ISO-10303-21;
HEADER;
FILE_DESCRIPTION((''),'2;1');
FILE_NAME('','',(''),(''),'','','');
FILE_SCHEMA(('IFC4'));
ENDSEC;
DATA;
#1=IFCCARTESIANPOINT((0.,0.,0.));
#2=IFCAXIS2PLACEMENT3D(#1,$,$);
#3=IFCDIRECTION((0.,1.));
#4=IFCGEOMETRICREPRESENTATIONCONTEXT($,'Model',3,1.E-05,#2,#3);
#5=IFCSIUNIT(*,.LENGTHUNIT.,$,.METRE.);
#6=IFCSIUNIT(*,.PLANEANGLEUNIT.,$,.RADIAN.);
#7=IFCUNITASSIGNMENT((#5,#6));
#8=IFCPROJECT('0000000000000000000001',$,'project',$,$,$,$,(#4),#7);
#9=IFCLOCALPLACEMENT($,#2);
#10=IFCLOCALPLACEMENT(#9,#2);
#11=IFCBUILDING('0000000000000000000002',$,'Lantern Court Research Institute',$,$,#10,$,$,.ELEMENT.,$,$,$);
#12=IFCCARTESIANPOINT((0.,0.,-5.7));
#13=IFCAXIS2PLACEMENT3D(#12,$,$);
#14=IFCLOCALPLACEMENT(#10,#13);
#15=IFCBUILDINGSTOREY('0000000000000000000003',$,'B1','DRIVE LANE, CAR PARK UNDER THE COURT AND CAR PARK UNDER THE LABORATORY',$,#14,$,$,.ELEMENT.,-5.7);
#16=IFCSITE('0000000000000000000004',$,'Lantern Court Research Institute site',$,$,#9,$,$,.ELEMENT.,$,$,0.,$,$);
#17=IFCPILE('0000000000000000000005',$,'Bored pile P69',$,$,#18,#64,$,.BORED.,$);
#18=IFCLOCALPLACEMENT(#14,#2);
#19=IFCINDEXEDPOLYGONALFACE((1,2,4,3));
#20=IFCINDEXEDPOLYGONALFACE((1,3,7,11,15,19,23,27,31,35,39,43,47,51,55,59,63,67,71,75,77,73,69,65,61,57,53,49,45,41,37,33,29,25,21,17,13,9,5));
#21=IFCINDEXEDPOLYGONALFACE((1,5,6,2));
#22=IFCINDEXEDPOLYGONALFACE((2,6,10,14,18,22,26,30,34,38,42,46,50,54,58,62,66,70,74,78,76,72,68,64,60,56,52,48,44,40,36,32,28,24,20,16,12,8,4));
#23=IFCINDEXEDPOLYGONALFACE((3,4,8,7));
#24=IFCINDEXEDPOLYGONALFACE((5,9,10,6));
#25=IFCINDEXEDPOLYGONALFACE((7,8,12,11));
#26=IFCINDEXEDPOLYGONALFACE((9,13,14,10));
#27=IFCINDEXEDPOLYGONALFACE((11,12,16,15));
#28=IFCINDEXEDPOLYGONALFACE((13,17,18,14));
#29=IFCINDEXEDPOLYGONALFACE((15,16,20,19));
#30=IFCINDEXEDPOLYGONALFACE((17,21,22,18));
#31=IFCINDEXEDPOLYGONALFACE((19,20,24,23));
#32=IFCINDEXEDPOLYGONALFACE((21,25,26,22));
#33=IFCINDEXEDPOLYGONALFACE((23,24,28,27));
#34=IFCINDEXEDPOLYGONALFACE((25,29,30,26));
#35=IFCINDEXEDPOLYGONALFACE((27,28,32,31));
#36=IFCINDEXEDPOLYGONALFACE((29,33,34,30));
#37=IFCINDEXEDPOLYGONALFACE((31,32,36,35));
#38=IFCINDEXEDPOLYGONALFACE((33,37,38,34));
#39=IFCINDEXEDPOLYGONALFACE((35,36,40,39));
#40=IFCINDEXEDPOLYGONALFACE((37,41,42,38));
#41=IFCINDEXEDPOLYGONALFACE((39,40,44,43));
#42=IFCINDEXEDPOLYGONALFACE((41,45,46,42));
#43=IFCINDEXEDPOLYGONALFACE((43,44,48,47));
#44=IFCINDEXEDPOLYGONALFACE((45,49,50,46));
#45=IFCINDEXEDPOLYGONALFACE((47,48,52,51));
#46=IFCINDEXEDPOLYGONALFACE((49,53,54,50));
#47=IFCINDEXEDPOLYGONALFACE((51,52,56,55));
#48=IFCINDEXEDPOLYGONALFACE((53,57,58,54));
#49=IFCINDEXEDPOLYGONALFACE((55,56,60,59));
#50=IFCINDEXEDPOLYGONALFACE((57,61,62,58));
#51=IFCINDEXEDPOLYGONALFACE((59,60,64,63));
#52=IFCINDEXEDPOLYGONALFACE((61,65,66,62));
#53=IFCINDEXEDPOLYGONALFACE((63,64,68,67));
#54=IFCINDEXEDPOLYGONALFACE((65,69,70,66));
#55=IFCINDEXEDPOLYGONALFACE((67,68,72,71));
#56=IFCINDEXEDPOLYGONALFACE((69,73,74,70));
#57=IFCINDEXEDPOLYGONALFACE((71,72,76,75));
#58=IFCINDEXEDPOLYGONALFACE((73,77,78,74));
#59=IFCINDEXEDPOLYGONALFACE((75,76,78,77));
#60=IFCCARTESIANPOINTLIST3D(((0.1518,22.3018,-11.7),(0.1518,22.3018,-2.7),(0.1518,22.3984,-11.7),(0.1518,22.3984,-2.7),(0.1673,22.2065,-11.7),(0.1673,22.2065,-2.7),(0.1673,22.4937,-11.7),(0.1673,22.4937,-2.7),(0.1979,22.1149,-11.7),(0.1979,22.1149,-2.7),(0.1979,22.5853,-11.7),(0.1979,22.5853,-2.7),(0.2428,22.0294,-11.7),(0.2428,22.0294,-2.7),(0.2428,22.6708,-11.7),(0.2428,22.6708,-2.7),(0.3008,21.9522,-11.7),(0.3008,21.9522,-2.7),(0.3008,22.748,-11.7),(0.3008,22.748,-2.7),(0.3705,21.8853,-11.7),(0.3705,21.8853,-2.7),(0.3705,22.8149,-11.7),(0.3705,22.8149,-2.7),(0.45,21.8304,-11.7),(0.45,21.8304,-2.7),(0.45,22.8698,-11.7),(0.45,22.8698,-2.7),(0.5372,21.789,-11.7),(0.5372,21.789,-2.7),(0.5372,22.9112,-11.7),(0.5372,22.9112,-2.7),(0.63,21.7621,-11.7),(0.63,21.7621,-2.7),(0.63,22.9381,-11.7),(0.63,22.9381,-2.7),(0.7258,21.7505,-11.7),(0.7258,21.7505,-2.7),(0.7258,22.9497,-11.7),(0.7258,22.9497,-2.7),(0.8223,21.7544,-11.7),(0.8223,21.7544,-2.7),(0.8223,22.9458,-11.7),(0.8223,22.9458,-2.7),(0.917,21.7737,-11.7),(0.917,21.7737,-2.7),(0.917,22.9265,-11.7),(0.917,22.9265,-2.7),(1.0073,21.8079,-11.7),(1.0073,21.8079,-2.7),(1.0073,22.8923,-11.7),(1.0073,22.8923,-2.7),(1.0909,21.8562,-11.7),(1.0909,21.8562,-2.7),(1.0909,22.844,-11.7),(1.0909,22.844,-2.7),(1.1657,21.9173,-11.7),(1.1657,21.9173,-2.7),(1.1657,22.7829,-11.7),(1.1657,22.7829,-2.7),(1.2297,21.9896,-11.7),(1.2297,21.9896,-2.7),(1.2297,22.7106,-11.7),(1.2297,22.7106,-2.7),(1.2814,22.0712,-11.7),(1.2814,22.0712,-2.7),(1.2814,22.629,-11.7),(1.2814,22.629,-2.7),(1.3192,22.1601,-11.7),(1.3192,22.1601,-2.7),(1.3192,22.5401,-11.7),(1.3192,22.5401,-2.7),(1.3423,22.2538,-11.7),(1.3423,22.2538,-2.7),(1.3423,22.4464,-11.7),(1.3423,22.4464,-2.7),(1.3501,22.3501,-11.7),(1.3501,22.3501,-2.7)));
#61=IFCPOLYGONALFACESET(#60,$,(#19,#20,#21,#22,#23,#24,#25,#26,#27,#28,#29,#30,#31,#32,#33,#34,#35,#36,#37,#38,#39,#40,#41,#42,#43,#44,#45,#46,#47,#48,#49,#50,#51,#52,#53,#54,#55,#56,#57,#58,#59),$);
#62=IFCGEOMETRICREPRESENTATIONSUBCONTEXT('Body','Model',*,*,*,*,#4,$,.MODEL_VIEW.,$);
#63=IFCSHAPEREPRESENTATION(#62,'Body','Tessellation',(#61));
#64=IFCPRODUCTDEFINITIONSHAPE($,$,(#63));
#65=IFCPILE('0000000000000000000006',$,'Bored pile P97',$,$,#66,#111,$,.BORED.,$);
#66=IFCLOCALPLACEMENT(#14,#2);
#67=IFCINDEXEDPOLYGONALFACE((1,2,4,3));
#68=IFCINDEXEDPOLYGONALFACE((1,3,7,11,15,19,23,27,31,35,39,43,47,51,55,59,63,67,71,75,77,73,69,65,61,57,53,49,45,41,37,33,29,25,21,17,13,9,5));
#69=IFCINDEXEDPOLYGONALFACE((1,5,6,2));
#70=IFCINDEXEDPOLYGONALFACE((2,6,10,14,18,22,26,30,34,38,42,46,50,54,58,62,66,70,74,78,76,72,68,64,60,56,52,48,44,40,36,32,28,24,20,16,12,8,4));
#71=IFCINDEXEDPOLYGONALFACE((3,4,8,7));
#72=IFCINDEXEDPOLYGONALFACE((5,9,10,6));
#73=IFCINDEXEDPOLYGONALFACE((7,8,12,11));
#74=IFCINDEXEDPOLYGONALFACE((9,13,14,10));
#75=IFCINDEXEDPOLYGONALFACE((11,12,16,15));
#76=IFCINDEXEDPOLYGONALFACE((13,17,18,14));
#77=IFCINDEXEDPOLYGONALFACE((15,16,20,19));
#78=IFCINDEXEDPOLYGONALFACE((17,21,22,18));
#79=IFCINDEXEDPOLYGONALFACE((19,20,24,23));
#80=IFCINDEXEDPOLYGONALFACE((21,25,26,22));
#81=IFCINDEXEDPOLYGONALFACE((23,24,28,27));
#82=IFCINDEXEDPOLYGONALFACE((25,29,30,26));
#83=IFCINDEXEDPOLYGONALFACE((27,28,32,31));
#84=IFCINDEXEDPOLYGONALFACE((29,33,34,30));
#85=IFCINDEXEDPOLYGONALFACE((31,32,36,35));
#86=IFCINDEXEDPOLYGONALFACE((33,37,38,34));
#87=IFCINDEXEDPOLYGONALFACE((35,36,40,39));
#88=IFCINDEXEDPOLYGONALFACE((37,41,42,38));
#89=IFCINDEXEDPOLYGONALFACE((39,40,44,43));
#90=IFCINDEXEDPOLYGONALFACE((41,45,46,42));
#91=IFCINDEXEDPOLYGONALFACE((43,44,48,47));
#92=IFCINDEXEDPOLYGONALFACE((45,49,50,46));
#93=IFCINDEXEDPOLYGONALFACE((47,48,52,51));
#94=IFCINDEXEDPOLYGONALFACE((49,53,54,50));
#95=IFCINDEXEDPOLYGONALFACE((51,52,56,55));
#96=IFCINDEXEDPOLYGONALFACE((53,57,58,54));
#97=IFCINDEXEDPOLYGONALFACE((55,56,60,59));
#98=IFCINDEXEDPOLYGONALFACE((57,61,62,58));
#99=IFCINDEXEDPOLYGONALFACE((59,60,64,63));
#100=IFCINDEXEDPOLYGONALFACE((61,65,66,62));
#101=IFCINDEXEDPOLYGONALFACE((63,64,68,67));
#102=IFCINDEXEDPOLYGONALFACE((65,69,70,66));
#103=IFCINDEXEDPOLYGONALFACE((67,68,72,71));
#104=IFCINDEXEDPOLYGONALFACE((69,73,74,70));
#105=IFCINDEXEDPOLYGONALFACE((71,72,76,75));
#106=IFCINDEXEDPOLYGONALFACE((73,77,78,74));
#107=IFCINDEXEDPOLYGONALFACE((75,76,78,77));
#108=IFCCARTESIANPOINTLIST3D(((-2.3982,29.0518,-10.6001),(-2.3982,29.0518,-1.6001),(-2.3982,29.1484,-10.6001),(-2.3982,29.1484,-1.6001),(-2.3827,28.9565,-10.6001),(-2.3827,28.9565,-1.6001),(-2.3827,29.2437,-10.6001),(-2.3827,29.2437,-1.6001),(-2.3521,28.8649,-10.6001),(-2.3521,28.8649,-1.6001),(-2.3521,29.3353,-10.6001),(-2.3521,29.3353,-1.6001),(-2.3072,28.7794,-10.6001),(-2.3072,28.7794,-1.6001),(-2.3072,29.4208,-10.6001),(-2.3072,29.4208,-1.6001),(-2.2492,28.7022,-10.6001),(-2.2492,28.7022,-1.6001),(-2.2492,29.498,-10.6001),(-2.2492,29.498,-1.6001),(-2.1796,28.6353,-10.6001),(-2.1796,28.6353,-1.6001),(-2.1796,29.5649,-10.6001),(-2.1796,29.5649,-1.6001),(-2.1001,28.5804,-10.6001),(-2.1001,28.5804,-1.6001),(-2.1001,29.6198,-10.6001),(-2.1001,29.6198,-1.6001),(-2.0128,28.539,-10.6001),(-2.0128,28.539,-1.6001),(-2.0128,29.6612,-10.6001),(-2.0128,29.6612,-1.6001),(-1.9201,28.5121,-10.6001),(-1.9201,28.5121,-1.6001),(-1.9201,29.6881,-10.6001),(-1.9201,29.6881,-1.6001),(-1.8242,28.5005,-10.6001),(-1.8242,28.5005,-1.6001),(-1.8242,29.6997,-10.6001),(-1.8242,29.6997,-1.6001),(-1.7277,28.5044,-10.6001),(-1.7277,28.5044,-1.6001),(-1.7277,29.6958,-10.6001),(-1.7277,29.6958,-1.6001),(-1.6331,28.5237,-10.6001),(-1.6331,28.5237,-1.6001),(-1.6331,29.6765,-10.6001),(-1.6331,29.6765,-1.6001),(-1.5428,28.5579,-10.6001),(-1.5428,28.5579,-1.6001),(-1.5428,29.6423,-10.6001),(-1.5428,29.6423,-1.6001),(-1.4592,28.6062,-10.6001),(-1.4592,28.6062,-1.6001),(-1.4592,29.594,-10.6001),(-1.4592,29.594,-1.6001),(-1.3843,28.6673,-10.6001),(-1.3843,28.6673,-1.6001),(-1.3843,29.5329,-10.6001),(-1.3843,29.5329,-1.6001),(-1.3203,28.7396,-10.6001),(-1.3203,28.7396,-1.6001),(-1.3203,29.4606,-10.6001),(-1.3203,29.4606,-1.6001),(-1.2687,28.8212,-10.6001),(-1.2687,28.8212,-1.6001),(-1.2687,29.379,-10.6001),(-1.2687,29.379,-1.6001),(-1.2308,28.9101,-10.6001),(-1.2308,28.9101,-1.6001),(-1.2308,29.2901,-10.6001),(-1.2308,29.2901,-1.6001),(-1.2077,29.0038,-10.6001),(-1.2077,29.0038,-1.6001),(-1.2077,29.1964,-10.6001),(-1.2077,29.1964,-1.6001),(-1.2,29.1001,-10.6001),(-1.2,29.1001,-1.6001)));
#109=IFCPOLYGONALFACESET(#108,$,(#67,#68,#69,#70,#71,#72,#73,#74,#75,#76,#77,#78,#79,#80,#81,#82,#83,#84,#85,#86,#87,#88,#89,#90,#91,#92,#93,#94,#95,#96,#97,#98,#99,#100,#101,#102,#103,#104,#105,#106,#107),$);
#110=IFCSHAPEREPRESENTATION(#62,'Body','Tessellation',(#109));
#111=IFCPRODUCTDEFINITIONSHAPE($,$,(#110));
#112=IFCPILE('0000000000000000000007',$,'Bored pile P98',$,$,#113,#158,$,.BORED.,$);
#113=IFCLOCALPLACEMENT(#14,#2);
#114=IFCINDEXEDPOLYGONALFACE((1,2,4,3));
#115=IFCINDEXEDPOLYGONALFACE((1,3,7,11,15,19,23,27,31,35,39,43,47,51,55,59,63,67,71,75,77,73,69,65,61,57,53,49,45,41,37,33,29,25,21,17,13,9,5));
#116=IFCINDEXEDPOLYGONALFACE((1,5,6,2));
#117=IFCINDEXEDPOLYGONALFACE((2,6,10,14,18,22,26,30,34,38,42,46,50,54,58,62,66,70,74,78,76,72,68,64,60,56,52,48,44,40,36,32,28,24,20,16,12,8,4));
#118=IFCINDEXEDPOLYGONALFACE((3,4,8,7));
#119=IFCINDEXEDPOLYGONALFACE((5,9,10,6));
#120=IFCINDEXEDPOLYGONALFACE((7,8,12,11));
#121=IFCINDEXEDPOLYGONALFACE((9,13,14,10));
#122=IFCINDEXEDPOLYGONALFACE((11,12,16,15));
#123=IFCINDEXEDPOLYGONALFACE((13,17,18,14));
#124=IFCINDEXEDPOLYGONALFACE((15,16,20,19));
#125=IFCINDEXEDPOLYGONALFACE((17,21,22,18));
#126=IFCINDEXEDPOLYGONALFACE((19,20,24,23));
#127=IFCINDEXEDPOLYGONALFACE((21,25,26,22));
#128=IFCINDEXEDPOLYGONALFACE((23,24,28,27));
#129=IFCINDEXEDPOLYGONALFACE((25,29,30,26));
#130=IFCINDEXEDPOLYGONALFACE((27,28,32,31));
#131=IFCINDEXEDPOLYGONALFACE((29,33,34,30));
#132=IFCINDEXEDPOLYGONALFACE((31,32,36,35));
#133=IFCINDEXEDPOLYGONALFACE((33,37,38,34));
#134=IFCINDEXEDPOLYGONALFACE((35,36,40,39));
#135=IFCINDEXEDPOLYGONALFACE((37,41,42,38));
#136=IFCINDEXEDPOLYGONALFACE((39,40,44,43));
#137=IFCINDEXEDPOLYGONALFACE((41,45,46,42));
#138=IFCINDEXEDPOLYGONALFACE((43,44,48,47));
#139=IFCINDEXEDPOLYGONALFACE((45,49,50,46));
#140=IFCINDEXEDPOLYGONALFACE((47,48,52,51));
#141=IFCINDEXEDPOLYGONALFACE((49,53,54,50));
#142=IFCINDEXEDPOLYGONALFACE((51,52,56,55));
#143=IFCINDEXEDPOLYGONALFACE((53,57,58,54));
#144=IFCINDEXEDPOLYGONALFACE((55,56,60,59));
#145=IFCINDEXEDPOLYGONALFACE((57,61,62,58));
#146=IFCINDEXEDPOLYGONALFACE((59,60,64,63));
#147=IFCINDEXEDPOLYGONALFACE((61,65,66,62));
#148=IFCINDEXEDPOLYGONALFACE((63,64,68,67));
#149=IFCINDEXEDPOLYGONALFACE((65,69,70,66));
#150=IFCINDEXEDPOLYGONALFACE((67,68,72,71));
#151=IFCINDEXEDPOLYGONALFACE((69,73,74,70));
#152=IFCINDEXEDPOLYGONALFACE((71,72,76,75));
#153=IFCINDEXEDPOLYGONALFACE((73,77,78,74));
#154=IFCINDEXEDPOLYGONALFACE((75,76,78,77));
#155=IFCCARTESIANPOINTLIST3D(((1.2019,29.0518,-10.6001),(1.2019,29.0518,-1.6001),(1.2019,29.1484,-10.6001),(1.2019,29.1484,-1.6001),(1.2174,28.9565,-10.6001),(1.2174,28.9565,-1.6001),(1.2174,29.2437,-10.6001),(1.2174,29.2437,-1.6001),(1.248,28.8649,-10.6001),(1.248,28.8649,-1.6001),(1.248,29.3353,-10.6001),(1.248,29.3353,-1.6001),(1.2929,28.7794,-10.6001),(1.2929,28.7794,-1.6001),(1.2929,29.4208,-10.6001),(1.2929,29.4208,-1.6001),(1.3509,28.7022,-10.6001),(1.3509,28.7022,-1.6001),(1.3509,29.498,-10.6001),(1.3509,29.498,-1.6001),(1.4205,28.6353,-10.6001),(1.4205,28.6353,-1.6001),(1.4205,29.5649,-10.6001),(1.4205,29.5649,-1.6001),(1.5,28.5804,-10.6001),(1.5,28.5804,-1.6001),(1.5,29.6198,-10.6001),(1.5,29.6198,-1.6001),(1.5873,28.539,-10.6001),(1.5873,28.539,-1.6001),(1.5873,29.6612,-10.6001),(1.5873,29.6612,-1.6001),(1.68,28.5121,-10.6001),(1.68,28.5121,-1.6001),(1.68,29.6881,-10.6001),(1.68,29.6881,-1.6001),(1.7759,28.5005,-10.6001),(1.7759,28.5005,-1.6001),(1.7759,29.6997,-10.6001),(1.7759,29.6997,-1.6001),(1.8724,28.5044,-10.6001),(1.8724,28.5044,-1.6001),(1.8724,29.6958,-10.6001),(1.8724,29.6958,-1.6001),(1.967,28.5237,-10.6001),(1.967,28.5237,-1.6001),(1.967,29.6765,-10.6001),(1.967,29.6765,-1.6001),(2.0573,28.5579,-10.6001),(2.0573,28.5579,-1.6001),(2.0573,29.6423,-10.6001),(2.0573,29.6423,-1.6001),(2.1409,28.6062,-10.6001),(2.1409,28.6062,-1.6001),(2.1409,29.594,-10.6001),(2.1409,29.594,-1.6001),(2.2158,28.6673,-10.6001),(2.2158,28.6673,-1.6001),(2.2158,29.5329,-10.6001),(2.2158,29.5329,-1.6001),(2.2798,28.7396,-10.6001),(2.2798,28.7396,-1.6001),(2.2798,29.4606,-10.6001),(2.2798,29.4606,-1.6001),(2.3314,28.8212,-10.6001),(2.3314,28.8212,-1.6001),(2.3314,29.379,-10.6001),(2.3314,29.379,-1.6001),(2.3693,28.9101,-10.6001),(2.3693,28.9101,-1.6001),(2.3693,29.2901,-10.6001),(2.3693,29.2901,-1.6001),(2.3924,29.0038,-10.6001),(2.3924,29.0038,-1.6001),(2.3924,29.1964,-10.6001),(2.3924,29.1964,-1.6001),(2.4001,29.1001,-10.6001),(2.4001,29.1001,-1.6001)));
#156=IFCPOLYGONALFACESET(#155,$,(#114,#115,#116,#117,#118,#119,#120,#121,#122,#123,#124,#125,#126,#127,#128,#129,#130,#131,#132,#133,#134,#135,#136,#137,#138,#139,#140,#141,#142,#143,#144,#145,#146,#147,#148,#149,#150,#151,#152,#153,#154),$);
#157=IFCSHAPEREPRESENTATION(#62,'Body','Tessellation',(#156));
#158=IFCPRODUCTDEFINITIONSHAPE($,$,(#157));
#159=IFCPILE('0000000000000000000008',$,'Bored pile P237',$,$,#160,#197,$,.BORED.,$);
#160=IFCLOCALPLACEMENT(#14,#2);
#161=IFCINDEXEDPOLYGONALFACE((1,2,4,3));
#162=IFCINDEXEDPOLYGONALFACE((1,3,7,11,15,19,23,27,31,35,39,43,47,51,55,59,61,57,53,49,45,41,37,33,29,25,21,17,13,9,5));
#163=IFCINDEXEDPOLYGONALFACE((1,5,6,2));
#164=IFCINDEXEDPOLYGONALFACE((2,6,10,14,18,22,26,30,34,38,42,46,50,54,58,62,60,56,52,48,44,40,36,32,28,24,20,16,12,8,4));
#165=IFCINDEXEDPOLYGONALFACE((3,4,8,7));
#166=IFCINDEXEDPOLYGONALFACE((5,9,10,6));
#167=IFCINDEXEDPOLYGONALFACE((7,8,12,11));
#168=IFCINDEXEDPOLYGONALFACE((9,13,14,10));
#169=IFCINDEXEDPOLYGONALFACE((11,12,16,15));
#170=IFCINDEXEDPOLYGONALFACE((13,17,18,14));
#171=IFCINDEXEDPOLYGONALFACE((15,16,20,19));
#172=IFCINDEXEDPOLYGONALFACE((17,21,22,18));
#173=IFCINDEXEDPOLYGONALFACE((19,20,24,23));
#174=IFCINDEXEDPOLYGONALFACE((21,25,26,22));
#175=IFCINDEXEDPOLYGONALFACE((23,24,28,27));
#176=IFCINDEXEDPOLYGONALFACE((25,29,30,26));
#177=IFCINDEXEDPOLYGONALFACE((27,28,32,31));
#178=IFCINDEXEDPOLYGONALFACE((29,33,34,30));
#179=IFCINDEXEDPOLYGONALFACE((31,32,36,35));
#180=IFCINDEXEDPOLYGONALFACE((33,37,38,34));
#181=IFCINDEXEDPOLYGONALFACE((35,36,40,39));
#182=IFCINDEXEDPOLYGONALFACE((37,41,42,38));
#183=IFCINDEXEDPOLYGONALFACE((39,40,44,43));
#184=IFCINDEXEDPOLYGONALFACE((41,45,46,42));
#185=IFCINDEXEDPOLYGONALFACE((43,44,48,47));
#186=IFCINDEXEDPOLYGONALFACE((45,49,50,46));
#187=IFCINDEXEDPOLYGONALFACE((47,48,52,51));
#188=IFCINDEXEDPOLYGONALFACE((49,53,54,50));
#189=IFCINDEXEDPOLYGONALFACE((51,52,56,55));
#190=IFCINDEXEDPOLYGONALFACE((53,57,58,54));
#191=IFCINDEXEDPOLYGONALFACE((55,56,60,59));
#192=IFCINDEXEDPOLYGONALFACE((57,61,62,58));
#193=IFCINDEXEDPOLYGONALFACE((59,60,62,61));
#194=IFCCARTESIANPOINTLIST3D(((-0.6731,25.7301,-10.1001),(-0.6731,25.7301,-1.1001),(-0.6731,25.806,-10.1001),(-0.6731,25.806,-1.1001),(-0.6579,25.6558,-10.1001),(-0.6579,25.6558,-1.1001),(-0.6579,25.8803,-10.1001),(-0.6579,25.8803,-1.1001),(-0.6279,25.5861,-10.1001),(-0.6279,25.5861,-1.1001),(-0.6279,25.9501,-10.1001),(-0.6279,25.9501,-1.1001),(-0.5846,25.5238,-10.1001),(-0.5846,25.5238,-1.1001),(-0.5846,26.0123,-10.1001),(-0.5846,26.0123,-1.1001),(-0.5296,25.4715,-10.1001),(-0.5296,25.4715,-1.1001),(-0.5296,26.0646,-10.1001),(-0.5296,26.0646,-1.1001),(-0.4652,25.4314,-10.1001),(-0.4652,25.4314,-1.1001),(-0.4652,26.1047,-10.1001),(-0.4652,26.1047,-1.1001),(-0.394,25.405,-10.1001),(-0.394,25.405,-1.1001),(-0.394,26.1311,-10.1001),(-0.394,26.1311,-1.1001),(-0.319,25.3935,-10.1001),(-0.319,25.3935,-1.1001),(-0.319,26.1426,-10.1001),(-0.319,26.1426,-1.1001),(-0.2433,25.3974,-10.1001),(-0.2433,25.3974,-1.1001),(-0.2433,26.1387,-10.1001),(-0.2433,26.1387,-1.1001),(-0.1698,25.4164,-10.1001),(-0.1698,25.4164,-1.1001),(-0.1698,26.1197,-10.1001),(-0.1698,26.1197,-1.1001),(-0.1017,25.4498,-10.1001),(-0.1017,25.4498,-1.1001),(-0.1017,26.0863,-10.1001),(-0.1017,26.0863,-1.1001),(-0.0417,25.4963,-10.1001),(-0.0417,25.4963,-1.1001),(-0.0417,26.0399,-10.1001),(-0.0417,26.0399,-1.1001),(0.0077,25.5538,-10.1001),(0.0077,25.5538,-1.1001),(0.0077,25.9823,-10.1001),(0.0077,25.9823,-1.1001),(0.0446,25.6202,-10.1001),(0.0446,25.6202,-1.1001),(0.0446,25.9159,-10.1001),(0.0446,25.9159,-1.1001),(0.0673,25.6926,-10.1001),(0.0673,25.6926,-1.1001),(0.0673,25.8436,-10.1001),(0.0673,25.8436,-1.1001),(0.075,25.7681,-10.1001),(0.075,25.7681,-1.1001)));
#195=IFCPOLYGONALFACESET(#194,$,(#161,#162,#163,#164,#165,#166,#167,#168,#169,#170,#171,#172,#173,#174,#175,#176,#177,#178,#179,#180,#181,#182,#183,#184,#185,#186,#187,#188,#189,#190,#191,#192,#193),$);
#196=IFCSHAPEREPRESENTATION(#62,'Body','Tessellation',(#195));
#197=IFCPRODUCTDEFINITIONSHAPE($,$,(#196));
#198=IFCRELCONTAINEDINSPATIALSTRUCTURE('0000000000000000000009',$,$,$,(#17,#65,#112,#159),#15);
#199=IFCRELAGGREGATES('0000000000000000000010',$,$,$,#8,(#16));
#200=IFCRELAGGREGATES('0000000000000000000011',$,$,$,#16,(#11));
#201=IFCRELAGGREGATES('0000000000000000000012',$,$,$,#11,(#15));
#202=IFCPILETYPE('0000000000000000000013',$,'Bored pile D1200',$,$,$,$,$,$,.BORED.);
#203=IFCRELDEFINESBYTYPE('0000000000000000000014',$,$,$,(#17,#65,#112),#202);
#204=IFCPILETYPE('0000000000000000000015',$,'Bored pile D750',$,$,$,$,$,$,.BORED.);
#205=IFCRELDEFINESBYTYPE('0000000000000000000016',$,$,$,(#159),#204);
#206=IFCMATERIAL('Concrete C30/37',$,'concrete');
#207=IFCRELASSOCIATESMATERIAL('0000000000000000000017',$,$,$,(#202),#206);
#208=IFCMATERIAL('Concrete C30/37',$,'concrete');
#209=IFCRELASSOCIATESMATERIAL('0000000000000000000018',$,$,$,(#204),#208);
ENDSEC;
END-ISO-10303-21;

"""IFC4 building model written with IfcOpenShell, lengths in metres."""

from ifc_helpers import new_model, si_unit, direction, frame, origin, origin_2d, place, context, subcontext, project, spatial, circle, extrude, material, material_profile, profile_set, type_object, element, save


model = new_model("IFC4")

# Units and contexts
model_context = context("Model", 3, precision=1e-05, world=origin(), true_north=direction((0.0, 1.0)))
body_context = subcontext(model_context, "Body", "Model", "MODEL_VIEW")
ifc_project = project(units=[si_unit("LENGTHUNIT", "METRE"), si_unit("PLANEANGLEUNIT", "RADIAN")], contexts=[model_context])

# Site, building, storey
site_placement = place(None, origin())
site = spatial("IfcSite", under=ifc_project, at=site_placement, Name="Lantern Court Research Institute site", CompositionType="ELEMENT", RefElevation=0.0)
building_placement = place(site_placement, origin())
building = spatial("IfcBuilding", under=site, at=building_placement, Name="Lantern Court Research Institute", CompositionType="ELEMENT")
storey_placement = place(building_placement, frame((0.0, 0.0, -5.7)))
storey = spatial("IfcBuildingStorey", under=building, at=storey_placement, Name="B1", Description="DRIVE LANE, CAR PARK UNDER THE COURT AND CAR PARK UNDER THE LABORATORY", CompositionType="ELEMENT", Elevation=-5.7)

# Piles
ifc_material_1 = material(Name="Concrete C30/37", Category="concrete")
ifc_material_profile_1 = material_profile(ifc_material_1, circle(Radius=0.6001, at=origin_2d()), Name="Bored pile D1200")
ifc_profile_set_1 = profile_set([ifc_material_profile_1], Name="Concrete C30/37")
pile_type_1 = type_object("IfcPileType", Name="Bored pile D1200", PredefinedType="BORED", material=ifc_profile_set_1)
for number, where, z_axis, x_axis, name in (
    (1, (0.75, 22.3501, -2.7), (0.0, 0.0, -1.0), (1.0, 0.0, 0.0), "Bored pile P69"),
    (2, (-1.8, 29.1001, -1.6001), (0.0, 0.0, -1.0), (1.0, 0.0, 0.0), "Bored pile P97"),
    (3, (1.8, 29.1001, -1.6001), (0.0, 0.0, -1.0), (1.0, 0.0, 0.0), "Bored pile P98"),
):
    element("IfcPile", number, at=place(storey_placement, frame(where, z_axis=z_axis, x_axis=x_axis)), inside=storey, type_object=pile_type_1, Name=name, PredefinedType="BORED", context=body_context, shape_type="SweptSolid", body=[
        extrude(circle(Radius=0.6001, at=origin_2d()), origin(), (0.0, 0.0, 1.0), 9.0),
    ])
ifc_material_2 = material(Name="Concrete C30/37", Category="concrete")
ifc_material_profile_2 = material_profile(ifc_material_2, circle(Radius=0.375, at=origin_2d()), Name="Bored pile D750")
ifc_profile_set_2 = profile_set([ifc_material_profile_2], Name="Concrete C30/37")
pile_type_2 = type_object("IfcPileType", Name="Bored pile D750", PredefinedType="BORED", material=ifc_profile_set_2)
for number, where, z_axis, x_axis, name in (
    (4, (-0.3, 25.7681, -1.1001), (0.0, 0.0, -1.0), (1.0, 0.0, 0.0), "Bored pile P237"),
):
    element("IfcPile", number, at=place(storey_placement, frame(where, z_axis=z_axis, x_axis=x_axis)), inside=storey, type_object=pile_type_2, Name=name, PredefinedType="BORED", context=body_context, shape_type="SweptSolid", body=[
        extrude(circle(Radius=0.375, at=origin_2d()), origin(), (0.0, 0.0, 1.0), 9.0),
    ])

save(model, "model.ifc")
